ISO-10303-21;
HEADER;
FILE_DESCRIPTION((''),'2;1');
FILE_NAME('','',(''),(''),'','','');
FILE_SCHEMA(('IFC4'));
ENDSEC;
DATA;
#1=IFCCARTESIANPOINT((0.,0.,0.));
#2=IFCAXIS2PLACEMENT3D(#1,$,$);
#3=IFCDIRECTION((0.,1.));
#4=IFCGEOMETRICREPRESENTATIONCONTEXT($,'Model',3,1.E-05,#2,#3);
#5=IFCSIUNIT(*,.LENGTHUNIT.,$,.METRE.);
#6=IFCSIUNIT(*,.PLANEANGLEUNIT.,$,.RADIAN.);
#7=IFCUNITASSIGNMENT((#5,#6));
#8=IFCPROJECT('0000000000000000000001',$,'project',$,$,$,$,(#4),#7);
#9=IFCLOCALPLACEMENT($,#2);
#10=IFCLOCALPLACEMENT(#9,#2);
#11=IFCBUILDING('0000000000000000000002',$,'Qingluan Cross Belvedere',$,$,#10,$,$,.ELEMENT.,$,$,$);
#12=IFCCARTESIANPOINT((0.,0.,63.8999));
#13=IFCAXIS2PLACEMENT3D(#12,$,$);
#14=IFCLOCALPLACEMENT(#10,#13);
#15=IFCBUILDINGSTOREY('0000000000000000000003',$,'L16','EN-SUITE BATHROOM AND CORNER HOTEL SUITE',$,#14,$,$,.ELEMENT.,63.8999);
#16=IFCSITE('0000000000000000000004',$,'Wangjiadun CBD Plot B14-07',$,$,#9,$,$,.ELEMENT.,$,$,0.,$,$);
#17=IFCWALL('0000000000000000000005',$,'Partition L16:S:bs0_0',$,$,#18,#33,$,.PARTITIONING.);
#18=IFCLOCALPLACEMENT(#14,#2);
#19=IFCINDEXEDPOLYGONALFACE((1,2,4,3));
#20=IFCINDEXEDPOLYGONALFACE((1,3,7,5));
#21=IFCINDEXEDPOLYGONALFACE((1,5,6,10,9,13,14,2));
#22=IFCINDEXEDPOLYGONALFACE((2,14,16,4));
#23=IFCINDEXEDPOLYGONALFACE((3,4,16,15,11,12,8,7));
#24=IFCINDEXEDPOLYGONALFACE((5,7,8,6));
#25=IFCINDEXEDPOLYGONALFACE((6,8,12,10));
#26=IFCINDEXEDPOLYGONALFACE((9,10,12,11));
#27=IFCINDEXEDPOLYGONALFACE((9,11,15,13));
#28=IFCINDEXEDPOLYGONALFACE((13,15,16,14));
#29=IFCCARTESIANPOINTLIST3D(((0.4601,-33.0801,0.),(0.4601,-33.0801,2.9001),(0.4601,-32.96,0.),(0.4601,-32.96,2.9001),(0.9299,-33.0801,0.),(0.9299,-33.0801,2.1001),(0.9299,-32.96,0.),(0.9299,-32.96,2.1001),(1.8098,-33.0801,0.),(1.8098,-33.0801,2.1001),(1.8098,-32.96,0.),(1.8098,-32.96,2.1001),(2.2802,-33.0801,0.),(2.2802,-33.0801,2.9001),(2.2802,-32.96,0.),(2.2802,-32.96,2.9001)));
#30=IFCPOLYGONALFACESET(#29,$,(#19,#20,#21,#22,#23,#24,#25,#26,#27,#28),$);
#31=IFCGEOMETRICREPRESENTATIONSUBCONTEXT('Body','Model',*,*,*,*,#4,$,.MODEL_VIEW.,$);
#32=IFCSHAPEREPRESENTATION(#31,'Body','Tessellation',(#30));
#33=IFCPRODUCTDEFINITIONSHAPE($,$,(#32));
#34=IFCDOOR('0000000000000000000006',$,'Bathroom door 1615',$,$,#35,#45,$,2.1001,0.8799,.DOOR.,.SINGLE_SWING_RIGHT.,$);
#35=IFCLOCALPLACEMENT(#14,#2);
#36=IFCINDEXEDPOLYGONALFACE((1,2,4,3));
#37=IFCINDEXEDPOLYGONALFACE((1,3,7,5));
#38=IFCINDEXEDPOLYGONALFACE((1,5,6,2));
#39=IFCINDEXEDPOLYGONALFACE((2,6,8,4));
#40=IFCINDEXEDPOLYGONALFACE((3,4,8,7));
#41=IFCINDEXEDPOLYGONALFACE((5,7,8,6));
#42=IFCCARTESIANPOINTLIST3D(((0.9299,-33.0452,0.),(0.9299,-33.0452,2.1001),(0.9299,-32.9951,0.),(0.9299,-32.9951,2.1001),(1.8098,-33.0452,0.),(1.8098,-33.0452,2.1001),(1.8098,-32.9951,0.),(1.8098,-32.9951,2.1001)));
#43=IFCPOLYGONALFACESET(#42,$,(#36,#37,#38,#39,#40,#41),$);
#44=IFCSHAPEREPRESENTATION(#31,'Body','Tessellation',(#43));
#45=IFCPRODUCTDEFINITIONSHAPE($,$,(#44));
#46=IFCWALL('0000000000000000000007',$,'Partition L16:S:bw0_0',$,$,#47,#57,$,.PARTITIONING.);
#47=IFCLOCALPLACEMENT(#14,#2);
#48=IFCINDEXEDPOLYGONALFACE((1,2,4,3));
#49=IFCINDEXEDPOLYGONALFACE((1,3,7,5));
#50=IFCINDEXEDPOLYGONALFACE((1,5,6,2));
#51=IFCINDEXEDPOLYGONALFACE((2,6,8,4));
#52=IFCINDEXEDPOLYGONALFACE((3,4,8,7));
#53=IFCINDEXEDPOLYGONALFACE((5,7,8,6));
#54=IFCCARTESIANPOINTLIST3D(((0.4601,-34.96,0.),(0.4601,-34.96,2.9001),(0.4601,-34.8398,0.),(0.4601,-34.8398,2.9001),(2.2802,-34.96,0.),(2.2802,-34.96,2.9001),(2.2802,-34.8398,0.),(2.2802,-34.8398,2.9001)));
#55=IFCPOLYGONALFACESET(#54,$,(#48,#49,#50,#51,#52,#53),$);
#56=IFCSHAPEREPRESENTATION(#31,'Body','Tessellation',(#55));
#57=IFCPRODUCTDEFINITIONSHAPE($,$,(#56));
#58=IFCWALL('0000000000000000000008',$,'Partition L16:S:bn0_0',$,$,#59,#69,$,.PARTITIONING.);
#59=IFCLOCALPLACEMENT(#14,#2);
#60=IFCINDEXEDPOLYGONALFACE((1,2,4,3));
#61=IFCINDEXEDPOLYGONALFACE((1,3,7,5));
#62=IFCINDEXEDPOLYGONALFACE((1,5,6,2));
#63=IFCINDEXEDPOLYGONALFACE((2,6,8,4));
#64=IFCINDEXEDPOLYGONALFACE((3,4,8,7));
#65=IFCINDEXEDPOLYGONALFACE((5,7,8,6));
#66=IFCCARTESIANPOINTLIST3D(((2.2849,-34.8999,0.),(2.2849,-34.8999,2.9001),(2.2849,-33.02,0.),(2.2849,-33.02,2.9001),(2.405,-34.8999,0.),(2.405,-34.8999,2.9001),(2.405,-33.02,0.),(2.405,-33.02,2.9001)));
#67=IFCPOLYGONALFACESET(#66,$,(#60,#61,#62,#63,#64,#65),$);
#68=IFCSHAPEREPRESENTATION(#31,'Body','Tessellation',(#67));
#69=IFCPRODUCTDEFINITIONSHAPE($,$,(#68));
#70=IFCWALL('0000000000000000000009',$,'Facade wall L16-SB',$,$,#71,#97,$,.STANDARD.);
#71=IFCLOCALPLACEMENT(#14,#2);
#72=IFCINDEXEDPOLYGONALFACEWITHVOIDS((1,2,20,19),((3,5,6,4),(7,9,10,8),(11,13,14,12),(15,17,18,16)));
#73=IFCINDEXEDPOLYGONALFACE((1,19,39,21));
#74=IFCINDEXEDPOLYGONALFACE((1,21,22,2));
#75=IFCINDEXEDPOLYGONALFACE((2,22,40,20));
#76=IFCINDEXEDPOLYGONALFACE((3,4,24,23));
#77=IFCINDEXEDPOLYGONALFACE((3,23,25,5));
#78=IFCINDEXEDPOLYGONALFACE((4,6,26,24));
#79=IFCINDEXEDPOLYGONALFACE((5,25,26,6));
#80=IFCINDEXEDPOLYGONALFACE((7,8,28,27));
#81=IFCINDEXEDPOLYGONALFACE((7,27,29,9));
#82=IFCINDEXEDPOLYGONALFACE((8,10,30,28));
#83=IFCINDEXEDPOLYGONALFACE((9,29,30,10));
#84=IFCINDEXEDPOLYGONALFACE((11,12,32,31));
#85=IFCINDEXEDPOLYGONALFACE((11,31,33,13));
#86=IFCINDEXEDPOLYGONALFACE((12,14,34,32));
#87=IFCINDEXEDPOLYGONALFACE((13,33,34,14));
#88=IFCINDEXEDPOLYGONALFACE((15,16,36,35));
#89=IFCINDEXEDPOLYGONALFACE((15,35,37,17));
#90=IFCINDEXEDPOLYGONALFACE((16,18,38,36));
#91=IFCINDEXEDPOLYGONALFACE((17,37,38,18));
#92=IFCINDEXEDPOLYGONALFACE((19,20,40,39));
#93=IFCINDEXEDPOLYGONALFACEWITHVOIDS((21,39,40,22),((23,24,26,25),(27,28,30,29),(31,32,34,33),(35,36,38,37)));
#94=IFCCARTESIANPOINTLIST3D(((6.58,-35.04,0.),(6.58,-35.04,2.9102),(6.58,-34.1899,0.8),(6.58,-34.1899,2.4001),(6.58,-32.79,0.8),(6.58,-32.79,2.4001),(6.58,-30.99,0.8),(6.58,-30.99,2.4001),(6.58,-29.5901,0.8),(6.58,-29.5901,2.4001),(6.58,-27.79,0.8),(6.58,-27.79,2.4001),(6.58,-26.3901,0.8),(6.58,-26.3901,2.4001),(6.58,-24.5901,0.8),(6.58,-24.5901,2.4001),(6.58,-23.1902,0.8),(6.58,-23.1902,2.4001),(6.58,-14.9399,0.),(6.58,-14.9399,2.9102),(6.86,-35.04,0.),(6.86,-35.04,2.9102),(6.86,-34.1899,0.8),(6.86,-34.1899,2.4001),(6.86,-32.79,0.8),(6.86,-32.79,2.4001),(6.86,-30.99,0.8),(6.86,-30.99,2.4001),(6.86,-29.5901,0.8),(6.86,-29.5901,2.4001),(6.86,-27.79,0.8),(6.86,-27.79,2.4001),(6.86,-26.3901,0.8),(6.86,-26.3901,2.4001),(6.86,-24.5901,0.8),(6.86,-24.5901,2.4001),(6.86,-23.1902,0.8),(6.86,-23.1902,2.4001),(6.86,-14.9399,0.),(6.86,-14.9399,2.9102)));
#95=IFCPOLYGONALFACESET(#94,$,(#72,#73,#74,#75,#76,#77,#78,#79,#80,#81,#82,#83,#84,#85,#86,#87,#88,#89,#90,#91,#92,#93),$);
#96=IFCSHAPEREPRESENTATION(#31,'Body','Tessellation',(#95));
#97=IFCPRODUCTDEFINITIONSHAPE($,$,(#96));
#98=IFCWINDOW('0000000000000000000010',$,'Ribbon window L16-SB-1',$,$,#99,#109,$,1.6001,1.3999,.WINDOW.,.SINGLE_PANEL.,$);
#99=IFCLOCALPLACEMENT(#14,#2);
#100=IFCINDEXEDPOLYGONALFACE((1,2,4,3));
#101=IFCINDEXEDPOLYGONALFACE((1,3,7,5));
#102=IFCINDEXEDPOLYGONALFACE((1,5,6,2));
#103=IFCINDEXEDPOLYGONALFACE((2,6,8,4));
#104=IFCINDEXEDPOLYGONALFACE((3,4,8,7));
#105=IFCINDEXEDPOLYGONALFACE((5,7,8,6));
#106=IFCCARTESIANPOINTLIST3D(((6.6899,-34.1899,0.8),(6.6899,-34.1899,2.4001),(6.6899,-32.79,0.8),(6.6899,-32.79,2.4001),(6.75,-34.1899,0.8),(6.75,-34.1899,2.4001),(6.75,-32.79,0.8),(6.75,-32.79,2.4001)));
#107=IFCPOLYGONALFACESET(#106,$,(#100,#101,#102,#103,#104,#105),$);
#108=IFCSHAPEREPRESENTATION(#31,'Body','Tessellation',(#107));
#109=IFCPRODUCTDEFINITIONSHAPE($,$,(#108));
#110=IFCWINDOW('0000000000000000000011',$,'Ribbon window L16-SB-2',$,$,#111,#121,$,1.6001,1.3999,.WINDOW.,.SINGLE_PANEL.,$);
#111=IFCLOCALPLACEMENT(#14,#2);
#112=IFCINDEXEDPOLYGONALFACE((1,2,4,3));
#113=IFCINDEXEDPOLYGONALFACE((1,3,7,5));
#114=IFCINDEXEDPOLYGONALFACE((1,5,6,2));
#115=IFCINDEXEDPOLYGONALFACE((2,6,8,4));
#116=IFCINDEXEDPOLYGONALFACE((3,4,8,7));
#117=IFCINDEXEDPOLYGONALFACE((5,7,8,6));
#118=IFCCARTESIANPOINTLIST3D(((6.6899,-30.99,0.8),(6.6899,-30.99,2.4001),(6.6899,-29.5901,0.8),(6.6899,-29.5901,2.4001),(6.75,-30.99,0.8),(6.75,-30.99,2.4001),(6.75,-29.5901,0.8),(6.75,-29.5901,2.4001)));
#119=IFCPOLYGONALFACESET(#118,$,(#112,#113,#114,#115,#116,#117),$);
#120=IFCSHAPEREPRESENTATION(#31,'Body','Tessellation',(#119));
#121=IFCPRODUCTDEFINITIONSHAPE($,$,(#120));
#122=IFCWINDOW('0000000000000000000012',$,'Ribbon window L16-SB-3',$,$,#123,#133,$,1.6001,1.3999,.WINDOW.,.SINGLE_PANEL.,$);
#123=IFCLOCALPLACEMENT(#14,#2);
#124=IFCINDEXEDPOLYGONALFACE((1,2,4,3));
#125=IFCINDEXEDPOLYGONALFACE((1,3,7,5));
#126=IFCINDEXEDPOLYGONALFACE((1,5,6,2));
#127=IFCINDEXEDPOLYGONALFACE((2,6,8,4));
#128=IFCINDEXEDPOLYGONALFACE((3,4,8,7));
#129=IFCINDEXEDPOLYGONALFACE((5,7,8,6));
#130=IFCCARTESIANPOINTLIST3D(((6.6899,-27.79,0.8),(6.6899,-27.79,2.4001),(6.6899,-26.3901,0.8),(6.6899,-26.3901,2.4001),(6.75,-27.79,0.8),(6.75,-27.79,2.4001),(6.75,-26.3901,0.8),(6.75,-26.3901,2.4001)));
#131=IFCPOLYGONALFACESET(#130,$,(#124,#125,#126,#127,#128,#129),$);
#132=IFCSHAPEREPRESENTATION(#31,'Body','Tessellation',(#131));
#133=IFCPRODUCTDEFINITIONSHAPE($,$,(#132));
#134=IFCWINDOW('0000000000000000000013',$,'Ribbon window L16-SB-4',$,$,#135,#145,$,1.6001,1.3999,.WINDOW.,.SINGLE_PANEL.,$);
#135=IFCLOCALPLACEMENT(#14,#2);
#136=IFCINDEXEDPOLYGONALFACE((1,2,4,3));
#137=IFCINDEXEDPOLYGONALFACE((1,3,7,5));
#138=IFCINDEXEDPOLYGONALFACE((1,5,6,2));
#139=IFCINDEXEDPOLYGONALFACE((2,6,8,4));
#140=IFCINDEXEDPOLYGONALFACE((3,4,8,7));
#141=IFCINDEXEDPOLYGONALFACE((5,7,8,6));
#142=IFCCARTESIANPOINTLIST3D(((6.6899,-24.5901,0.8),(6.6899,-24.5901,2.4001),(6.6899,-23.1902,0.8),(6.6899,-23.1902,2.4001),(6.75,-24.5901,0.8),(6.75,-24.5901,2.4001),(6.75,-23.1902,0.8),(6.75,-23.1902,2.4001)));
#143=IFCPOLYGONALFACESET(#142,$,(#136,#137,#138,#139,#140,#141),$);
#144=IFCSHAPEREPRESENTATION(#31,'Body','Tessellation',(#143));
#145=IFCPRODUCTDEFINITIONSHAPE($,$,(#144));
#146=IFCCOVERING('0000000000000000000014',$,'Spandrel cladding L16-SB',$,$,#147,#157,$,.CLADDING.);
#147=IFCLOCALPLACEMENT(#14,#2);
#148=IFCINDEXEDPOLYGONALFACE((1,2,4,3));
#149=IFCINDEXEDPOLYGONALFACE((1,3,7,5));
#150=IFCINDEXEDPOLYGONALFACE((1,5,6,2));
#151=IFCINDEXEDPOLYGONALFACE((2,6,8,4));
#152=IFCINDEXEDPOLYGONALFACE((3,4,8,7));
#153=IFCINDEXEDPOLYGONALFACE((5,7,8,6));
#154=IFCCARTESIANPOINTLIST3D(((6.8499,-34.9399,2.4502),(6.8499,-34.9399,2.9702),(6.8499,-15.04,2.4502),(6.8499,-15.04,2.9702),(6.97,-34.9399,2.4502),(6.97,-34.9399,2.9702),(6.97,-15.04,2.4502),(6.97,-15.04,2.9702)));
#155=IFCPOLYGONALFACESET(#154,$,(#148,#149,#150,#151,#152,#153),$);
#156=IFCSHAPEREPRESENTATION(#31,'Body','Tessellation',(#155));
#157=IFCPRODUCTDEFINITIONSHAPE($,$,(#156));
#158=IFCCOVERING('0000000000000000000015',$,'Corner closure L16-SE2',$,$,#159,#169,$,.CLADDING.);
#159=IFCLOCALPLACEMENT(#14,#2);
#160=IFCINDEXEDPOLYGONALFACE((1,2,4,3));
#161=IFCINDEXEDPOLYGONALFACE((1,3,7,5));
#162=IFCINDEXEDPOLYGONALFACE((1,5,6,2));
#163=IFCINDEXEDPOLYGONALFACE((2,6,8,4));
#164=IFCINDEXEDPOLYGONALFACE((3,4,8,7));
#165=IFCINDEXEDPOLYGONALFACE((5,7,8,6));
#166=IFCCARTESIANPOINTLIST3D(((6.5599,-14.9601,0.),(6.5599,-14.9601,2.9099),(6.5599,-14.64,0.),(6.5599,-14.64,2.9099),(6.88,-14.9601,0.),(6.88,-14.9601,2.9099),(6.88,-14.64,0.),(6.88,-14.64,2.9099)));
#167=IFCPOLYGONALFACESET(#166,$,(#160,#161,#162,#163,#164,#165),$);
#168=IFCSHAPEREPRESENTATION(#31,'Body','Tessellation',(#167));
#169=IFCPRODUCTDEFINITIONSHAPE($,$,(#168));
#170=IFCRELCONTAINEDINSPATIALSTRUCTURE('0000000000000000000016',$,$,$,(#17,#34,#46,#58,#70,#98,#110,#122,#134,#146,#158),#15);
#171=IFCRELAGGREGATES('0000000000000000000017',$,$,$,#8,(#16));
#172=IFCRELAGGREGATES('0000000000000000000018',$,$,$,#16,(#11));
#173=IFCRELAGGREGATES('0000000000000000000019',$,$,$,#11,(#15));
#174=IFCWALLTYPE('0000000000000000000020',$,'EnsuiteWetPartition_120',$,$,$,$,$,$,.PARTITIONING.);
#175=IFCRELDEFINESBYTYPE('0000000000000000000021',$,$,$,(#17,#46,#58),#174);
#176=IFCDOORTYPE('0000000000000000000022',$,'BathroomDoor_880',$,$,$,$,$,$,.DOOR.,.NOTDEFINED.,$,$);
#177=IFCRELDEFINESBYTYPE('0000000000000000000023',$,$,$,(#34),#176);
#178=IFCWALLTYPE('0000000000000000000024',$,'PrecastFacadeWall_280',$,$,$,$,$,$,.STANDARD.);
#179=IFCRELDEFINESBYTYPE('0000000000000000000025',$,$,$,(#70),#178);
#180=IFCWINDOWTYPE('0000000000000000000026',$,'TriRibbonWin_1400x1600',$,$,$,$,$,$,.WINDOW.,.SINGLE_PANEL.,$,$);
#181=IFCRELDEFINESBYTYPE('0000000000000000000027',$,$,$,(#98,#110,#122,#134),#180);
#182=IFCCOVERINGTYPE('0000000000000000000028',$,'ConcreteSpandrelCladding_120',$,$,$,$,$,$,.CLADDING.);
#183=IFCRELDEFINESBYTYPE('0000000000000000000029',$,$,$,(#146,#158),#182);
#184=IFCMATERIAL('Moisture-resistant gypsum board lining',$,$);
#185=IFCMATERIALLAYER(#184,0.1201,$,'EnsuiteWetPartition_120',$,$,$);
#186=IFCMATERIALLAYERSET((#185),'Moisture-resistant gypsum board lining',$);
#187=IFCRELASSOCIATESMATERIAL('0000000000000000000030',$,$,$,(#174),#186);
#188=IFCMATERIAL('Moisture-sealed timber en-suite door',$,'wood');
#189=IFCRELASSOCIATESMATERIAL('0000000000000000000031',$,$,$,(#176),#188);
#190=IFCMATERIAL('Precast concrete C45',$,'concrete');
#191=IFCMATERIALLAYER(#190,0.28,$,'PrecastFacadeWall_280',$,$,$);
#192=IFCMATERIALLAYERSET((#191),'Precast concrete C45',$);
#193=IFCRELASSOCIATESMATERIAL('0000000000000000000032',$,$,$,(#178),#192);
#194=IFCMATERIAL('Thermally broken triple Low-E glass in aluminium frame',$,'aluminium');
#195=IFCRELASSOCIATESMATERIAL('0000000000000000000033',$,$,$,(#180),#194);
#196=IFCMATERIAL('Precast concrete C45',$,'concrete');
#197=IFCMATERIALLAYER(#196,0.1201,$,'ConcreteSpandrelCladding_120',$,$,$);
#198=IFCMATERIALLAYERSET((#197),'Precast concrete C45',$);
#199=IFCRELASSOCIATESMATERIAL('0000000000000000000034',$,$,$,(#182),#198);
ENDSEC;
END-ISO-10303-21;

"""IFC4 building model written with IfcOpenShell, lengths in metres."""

from ifc_helpers import new_model, si_unit, direction, frame, frame_2d, origin, origin_2d, place, context, subcontext, project, spatial, rectangle, extrude, material, layer, layer_set, type_object, element, fill, save


model = new_model("IFC4")

# Units and contexts
model_context = context("Model", 3, precision=1e-05, world=origin(), true_north=direction((0.0, 1.0)))
body_context = subcontext(model_context, "Body", "Model", "MODEL_VIEW")
ifc_project = project(units=[si_unit("LENGTHUNIT", "METRE"), si_unit("PLANEANGLEUNIT", "RADIAN")], contexts=[model_context])

# Site, building, storey
site_placement = place(None, origin())
site = spatial("IfcSite", under=ifc_project, at=site_placement, Name="Wangjiadun CBD Plot B14-07", CompositionType="ELEMENT", RefElevation=0.0)
building_placement = place(site_placement, origin())
building = spatial("IfcBuilding", under=site, at=building_placement, Name="Qingluan Cross Belvedere", CompositionType="ELEMENT")
storey_placement = place(building_placement, frame((0.0, 0.0, 63.8999)))
storey = spatial("IfcBuildingStorey", under=building, at=storey_placement, Name="L16", Description="EN-SUITE BATHROOM AND CORNER HOTEL SUITE", CompositionType="ELEMENT", Elevation=63.8999)

# Wall, opening, door
ifc_material_1 = material(Name="Moisture-resistant gypsum board lining")
ifc_layer_1 = layer(ifc_material_1, 0.1201, Name="EnsuiteWetPartition_120")
ifc_layer_set_1 = layer_set([ifc_layer_1], Name="Moisture-resistant gypsum board lining")
wall_type_1 = type_object("IfcWallType", Name="EnsuiteWetPartition_120", PredefinedType="PARTITIONING", material=ifc_layer_set_1)
wall_1_placement = place(storey_placement, frame((0.46, -33.02, 0.0), z_axis=(0.0, 0.0, 1.0), x_axis=(1.0, 0.0, 0.0)))
wall_1 = element("IfcWall", 1, at=wall_1_placement, inside=storey, type_object=wall_type_1, Name="Partition L16:S:bs0_0", PredefinedType="PARTITIONING", context=body_context, shape_type="SweptSolid", body=[
    extrude(rectangle(XDim=1.8201, YDim=0.1201, at=frame_2d((0.9102, 0.0))), origin(), (0.0, 0.0, 1.0), 2.9001),
])
opening_1_placement = place(wall_1_placement, frame((0.47, 0.0, 0.0)))
opening_1 = element("IfcOpeningElement", 2, at=opening_1_placement, cuts=wall_1, PredefinedType="OPENING", context=body_context, shape_type="SweptSolid", body=[
    extrude(rectangle(XDim=0.8799, YDim=2.1001, at=frame_2d((0.4399, 1.05))), frame((0.0, 0.0701, 0.0), z_axis=(0.0, -1.0, 0.0), x_axis=(1.0, 0.0, 0.0)), (0.0, 0.0, 1.0), 0.1401),
])
ifc_material_2 = material(Name="Moisture-sealed timber en-suite door", Category="wood")
door_type_1 = type_object("IfcDoorType", Name="BathroomDoor_880", OperationType="NOTDEFINED", PredefinedType="DOOR", material=ifc_material_2)
door_1_placement = place(opening_1_placement, origin())
door_1 = element("IfcDoor", 3, at=door_1_placement, inside=storey, type_object=door_type_1, Name="Bathroom door 1615", OperationType="SINGLE_SWING_RIGHT", OverallHeight=2.1001, OverallWidth=0.8799, PredefinedType="DOOR", context=body_context, shape_type="SweptSolid", body=[
    extrude(rectangle(XDim=0.8799, YDim=2.1001, at=frame_2d((0.4399, 1.05))), frame((0.0, 0.0249, 0.0), z_axis=(0.0, -1.0, 0.0), x_axis=(1.0, 0.0, 0.0)), (0.0, 0.0, 1.0), 0.05),
])
fill(opening_1, door_1)

# Walls
wall_2_placement = place(storey_placement, frame((0.46, -34.8999, 0.0), z_axis=(0.0, 0.0, 1.0), x_axis=(1.0, 0.0, 0.0)))
element("IfcWall", 4, at=wall_2_placement, inside=storey, type_object=wall_type_1, Name="Partition L16:S:bw0_0", PredefinedType="PARTITIONING", context=body_context, shape_type="SweptSolid", body=[
    extrude(rectangle(XDim=1.8201, YDim=0.1201, at=frame_2d((0.9102, 0.0))), origin(), (0.0, 0.0, 1.0), 2.9001),
])
wall_3_placement = place(storey_placement, frame((2.345, -33.02, 0.0), z_axis=(0.0, 0.0, 1.0), x_axis=(0.0, -1.0, 0.0)))
element("IfcWall", 5, at=wall_3_placement, inside=storey, type_object=wall_type_1, Name="Partition L16:S:bn0_0", PredefinedType="PARTITIONING", context=body_context, shape_type="SweptSolid", body=[
    extrude(rectangle(XDim=1.8799, YDim=0.1201, at=frame_2d((0.9399, 0.0))), origin(), (0.0, 0.0, 1.0), 2.9001),
])

# Wall, openings, windows
ifc_material_3 = material(Name="Precast concrete C45", Category="concrete")
ifc_layer_2 = layer(ifc_material_3, 0.28, Name="PrecastFacadeWall_280")
ifc_layer_set_2 = layer_set([ifc_layer_2], Name="Precast concrete C45")
wall_type_2 = type_object("IfcWallType", Name="PrecastFacadeWall_280", PredefinedType="STANDARD", material=ifc_layer_set_2)
wall_4_placement = place(storey_placement, frame((6.72, -35.04, 0.0), z_axis=(0.0, 0.0, 1.0), x_axis=(0.0, 1.0, 0.0)))
wall_4 = element("IfcWall", 6, at=wall_4_placement, inside=storey, type_object=wall_type_2, Name="Facade wall L16-SB", PredefinedType="STANDARD", context=body_context, shape_type="SweptSolid", body=[
    extrude(rectangle(XDim=20.1001, YDim=0.28, at=frame_2d((10.05, 0.0))), origin(), (0.0, 0.0, 1.0), 2.9102),
])
opening_2_placement = place(wall_4_placement, frame((0.8501, 0.0, 0.8)))
opening_2 = element("IfcOpeningElement", 7, at=opening_2_placement, cuts=wall_4, PredefinedType="OPENING", context=body_context, shape_type="SweptSolid", body=[
    extrude(rectangle(XDim=1.3999, YDim=1.6001, at=frame_2d((0.7, 0.8))), frame((0.0, 0.1499, 0.0), z_axis=(0.0, -1.0, 0.0), x_axis=(1.0, 0.0, 0.0)), (0.0, 0.0, 1.0), 0.3),
])
opening_3_placement = place(wall_4_placement, frame((4.05, 0.0, 0.8)))
opening_3 = element("IfcOpeningElement", 8, at=opening_3_placement, cuts=wall_4, PredefinedType="OPENING", context=body_context, shape_type="SweptSolid", body=[
    extrude(rectangle(XDim=1.3999, YDim=1.6001, at=frame_2d((0.7, 0.8))), frame((0.0, 0.1499, 0.0), z_axis=(0.0, -1.0, 0.0), x_axis=(1.0, 0.0, 0.0)), (0.0, 0.0, 1.0), 0.3),
])
opening_4_placement = place(wall_4_placement, frame((7.25, 0.0, 0.8)))
opening_4 = element("IfcOpeningElement", 9, at=opening_4_placement, cuts=wall_4, PredefinedType="OPENING", context=body_context, shape_type="SweptSolid", body=[
    extrude(rectangle(XDim=1.3999, YDim=1.6001, at=frame_2d((0.7, 0.8))), frame((0.0, 0.1499, 0.0), z_axis=(0.0, -1.0, 0.0), x_axis=(1.0, 0.0, 0.0)), (0.0, 0.0, 1.0), 0.3),
])
opening_5_placement = place(wall_4_placement, frame((10.45, 0.0, 0.8)))
opening_5 = element("IfcOpeningElement", 10, at=opening_5_placement, cuts=wall_4, PredefinedType="OPENING", context=body_context, shape_type="SweptSolid", body=[
    extrude(rectangle(XDim=1.3999, YDim=1.6001, at=frame_2d((0.7, 0.8))), frame((0.0, 0.1499, 0.0), z_axis=(0.0, -1.0, 0.0), x_axis=(1.0, 0.0, 0.0)), (0.0, 0.0, 1.0), 0.3),
])
ifc_material_4 = material(Name="Thermally broken triple Low-E glass in aluminium frame", Category="aluminium")
window_type = type_object("IfcWindowType", Name="TriRibbonWin_1400x1600", PartitioningType="SINGLE_PANEL", PredefinedType="WINDOW", material=ifc_material_4)
window_1_placement = place(opening_2_placement, origin())
window_1 = element("IfcWindow", 11, at=window_1_placement, inside=storey, type_object=window_type, Name="Ribbon window L16-SB-1", OverallHeight=1.6001, OverallWidth=1.3999, PartitioningType="SINGLE_PANEL", PredefinedType="WINDOW", context=body_context, shape_type="SweptSolid", body=[
    extrude(rectangle(XDim=1.3999, YDim=1.6001, at=frame_2d((0.7, 0.8))), frame((0.0, 0.03, 0.0), z_axis=(0.0, -1.0, 0.0), x_axis=(1.0, 0.0, 0.0)), (0.0, 0.0, 1.0), 0.0601),
])
fill(opening_2, window_1)
window_2_placement = place(opening_3_placement, origin())
window_2 = element("IfcWindow", 12, at=window_2_placement, inside=storey, type_object=window_type, Name="Ribbon window L16-SB-2", OverallHeight=1.6001, OverallWidth=1.3999, PartitioningType="SINGLE_PANEL", PredefinedType="WINDOW", context=body_context, shape_type="SweptSolid", body=[
    extrude(rectangle(XDim=1.3999, YDim=1.6001, at=frame_2d((0.7, 0.8))), frame((0.0, 0.03, 0.0), z_axis=(0.0, -1.0, 0.0), x_axis=(1.0, 0.0, 0.0)), (0.0, 0.0, 1.0), 0.0601),
])
fill(opening_3, window_2)
window_3_placement = place(opening_4_placement, origin())
window_3 = element("IfcWindow", 13, at=window_3_placement, inside=storey, type_object=window_type, Name="Ribbon window L16-SB-3", OverallHeight=1.6001, OverallWidth=1.3999, PartitioningType="SINGLE_PANEL", PredefinedType="WINDOW", context=body_context, shape_type="SweptSolid", body=[
    extrude(rectangle(XDim=1.3999, YDim=1.6001, at=frame_2d((0.7, 0.8))), frame((0.0, 0.03, 0.0), z_axis=(0.0, -1.0, 0.0), x_axis=(1.0, 0.0, 0.0)), (0.0, 0.0, 1.0), 0.0601),
])
fill(opening_4, window_3)
window_4_placement = place(opening_5_placement, origin())
window_4 = element("IfcWindow", 14, at=window_4_placement, inside=storey, type_object=window_type, Name="Ribbon window L16-SB-4", OverallHeight=1.6001, OverallWidth=1.3999, PartitioningType="SINGLE_PANEL", PredefinedType="WINDOW", context=body_context, shape_type="SweptSolid", body=[
    extrude(rectangle(XDim=1.3999, YDim=1.6001, at=frame_2d((0.7, 0.8))), frame((0.0, 0.03, 0.0), z_axis=(0.0, -1.0, 0.0), x_axis=(1.0, 0.0, 0.0)), (0.0, 0.0, 1.0), 0.0601),
])
fill(opening_5, window_4)

# Coverings
ifc_material_5 = material(Name="Precast concrete C45", Category="concrete")
ifc_layer_3 = layer(ifc_material_5, 0.1201, Name="ConcreteSpandrelCladding_120")
ifc_layer_set_3 = layer_set([ifc_layer_3], Name="Precast concrete C45")
covering_type = type_object("IfcCoveringType", Name="ConcreteSpandrelCladding_120", PredefinedType="CLADDING", material=ifc_layer_set_3)
covering_1_placement = place(storey_placement, frame((6.9099, -24.99, 2.4502), z_axis=(0.0, 0.0, 1.0), x_axis=(0.0, 1.0, 0.0)))
element("IfcCovering", 15, at=covering_1_placement, inside=storey, type_object=covering_type, Name="Spandrel cladding L16-SB", PredefinedType="CLADDING", context=body_context, shape_type="SweptSolid", body=[
    extrude(rectangle(XDim=19.8999, YDim=0.1201, at=origin_2d()), origin(), (0.0, 0.0, 1.0), 0.52),
])
covering_2_placement = place(storey_placement, frame((6.72, -14.8, 0.0), z_axis=(0.0, 0.0, 1.0), x_axis=(1.0, 0.0, 0.0)))
element("IfcCovering", 16, at=covering_2_placement, inside=storey, type_object=covering_type, Name="Corner closure L16-SE2", PredefinedType="CLADDING", context=body_context, shape_type="SweptSolid", body=[
    extrude(rectangle(XDim=0.3201, YDim=0.3201, at=origin_2d()), origin(), (0.0, 0.0, 1.0), 2.9099),
])

save(model, "model.ifc")
